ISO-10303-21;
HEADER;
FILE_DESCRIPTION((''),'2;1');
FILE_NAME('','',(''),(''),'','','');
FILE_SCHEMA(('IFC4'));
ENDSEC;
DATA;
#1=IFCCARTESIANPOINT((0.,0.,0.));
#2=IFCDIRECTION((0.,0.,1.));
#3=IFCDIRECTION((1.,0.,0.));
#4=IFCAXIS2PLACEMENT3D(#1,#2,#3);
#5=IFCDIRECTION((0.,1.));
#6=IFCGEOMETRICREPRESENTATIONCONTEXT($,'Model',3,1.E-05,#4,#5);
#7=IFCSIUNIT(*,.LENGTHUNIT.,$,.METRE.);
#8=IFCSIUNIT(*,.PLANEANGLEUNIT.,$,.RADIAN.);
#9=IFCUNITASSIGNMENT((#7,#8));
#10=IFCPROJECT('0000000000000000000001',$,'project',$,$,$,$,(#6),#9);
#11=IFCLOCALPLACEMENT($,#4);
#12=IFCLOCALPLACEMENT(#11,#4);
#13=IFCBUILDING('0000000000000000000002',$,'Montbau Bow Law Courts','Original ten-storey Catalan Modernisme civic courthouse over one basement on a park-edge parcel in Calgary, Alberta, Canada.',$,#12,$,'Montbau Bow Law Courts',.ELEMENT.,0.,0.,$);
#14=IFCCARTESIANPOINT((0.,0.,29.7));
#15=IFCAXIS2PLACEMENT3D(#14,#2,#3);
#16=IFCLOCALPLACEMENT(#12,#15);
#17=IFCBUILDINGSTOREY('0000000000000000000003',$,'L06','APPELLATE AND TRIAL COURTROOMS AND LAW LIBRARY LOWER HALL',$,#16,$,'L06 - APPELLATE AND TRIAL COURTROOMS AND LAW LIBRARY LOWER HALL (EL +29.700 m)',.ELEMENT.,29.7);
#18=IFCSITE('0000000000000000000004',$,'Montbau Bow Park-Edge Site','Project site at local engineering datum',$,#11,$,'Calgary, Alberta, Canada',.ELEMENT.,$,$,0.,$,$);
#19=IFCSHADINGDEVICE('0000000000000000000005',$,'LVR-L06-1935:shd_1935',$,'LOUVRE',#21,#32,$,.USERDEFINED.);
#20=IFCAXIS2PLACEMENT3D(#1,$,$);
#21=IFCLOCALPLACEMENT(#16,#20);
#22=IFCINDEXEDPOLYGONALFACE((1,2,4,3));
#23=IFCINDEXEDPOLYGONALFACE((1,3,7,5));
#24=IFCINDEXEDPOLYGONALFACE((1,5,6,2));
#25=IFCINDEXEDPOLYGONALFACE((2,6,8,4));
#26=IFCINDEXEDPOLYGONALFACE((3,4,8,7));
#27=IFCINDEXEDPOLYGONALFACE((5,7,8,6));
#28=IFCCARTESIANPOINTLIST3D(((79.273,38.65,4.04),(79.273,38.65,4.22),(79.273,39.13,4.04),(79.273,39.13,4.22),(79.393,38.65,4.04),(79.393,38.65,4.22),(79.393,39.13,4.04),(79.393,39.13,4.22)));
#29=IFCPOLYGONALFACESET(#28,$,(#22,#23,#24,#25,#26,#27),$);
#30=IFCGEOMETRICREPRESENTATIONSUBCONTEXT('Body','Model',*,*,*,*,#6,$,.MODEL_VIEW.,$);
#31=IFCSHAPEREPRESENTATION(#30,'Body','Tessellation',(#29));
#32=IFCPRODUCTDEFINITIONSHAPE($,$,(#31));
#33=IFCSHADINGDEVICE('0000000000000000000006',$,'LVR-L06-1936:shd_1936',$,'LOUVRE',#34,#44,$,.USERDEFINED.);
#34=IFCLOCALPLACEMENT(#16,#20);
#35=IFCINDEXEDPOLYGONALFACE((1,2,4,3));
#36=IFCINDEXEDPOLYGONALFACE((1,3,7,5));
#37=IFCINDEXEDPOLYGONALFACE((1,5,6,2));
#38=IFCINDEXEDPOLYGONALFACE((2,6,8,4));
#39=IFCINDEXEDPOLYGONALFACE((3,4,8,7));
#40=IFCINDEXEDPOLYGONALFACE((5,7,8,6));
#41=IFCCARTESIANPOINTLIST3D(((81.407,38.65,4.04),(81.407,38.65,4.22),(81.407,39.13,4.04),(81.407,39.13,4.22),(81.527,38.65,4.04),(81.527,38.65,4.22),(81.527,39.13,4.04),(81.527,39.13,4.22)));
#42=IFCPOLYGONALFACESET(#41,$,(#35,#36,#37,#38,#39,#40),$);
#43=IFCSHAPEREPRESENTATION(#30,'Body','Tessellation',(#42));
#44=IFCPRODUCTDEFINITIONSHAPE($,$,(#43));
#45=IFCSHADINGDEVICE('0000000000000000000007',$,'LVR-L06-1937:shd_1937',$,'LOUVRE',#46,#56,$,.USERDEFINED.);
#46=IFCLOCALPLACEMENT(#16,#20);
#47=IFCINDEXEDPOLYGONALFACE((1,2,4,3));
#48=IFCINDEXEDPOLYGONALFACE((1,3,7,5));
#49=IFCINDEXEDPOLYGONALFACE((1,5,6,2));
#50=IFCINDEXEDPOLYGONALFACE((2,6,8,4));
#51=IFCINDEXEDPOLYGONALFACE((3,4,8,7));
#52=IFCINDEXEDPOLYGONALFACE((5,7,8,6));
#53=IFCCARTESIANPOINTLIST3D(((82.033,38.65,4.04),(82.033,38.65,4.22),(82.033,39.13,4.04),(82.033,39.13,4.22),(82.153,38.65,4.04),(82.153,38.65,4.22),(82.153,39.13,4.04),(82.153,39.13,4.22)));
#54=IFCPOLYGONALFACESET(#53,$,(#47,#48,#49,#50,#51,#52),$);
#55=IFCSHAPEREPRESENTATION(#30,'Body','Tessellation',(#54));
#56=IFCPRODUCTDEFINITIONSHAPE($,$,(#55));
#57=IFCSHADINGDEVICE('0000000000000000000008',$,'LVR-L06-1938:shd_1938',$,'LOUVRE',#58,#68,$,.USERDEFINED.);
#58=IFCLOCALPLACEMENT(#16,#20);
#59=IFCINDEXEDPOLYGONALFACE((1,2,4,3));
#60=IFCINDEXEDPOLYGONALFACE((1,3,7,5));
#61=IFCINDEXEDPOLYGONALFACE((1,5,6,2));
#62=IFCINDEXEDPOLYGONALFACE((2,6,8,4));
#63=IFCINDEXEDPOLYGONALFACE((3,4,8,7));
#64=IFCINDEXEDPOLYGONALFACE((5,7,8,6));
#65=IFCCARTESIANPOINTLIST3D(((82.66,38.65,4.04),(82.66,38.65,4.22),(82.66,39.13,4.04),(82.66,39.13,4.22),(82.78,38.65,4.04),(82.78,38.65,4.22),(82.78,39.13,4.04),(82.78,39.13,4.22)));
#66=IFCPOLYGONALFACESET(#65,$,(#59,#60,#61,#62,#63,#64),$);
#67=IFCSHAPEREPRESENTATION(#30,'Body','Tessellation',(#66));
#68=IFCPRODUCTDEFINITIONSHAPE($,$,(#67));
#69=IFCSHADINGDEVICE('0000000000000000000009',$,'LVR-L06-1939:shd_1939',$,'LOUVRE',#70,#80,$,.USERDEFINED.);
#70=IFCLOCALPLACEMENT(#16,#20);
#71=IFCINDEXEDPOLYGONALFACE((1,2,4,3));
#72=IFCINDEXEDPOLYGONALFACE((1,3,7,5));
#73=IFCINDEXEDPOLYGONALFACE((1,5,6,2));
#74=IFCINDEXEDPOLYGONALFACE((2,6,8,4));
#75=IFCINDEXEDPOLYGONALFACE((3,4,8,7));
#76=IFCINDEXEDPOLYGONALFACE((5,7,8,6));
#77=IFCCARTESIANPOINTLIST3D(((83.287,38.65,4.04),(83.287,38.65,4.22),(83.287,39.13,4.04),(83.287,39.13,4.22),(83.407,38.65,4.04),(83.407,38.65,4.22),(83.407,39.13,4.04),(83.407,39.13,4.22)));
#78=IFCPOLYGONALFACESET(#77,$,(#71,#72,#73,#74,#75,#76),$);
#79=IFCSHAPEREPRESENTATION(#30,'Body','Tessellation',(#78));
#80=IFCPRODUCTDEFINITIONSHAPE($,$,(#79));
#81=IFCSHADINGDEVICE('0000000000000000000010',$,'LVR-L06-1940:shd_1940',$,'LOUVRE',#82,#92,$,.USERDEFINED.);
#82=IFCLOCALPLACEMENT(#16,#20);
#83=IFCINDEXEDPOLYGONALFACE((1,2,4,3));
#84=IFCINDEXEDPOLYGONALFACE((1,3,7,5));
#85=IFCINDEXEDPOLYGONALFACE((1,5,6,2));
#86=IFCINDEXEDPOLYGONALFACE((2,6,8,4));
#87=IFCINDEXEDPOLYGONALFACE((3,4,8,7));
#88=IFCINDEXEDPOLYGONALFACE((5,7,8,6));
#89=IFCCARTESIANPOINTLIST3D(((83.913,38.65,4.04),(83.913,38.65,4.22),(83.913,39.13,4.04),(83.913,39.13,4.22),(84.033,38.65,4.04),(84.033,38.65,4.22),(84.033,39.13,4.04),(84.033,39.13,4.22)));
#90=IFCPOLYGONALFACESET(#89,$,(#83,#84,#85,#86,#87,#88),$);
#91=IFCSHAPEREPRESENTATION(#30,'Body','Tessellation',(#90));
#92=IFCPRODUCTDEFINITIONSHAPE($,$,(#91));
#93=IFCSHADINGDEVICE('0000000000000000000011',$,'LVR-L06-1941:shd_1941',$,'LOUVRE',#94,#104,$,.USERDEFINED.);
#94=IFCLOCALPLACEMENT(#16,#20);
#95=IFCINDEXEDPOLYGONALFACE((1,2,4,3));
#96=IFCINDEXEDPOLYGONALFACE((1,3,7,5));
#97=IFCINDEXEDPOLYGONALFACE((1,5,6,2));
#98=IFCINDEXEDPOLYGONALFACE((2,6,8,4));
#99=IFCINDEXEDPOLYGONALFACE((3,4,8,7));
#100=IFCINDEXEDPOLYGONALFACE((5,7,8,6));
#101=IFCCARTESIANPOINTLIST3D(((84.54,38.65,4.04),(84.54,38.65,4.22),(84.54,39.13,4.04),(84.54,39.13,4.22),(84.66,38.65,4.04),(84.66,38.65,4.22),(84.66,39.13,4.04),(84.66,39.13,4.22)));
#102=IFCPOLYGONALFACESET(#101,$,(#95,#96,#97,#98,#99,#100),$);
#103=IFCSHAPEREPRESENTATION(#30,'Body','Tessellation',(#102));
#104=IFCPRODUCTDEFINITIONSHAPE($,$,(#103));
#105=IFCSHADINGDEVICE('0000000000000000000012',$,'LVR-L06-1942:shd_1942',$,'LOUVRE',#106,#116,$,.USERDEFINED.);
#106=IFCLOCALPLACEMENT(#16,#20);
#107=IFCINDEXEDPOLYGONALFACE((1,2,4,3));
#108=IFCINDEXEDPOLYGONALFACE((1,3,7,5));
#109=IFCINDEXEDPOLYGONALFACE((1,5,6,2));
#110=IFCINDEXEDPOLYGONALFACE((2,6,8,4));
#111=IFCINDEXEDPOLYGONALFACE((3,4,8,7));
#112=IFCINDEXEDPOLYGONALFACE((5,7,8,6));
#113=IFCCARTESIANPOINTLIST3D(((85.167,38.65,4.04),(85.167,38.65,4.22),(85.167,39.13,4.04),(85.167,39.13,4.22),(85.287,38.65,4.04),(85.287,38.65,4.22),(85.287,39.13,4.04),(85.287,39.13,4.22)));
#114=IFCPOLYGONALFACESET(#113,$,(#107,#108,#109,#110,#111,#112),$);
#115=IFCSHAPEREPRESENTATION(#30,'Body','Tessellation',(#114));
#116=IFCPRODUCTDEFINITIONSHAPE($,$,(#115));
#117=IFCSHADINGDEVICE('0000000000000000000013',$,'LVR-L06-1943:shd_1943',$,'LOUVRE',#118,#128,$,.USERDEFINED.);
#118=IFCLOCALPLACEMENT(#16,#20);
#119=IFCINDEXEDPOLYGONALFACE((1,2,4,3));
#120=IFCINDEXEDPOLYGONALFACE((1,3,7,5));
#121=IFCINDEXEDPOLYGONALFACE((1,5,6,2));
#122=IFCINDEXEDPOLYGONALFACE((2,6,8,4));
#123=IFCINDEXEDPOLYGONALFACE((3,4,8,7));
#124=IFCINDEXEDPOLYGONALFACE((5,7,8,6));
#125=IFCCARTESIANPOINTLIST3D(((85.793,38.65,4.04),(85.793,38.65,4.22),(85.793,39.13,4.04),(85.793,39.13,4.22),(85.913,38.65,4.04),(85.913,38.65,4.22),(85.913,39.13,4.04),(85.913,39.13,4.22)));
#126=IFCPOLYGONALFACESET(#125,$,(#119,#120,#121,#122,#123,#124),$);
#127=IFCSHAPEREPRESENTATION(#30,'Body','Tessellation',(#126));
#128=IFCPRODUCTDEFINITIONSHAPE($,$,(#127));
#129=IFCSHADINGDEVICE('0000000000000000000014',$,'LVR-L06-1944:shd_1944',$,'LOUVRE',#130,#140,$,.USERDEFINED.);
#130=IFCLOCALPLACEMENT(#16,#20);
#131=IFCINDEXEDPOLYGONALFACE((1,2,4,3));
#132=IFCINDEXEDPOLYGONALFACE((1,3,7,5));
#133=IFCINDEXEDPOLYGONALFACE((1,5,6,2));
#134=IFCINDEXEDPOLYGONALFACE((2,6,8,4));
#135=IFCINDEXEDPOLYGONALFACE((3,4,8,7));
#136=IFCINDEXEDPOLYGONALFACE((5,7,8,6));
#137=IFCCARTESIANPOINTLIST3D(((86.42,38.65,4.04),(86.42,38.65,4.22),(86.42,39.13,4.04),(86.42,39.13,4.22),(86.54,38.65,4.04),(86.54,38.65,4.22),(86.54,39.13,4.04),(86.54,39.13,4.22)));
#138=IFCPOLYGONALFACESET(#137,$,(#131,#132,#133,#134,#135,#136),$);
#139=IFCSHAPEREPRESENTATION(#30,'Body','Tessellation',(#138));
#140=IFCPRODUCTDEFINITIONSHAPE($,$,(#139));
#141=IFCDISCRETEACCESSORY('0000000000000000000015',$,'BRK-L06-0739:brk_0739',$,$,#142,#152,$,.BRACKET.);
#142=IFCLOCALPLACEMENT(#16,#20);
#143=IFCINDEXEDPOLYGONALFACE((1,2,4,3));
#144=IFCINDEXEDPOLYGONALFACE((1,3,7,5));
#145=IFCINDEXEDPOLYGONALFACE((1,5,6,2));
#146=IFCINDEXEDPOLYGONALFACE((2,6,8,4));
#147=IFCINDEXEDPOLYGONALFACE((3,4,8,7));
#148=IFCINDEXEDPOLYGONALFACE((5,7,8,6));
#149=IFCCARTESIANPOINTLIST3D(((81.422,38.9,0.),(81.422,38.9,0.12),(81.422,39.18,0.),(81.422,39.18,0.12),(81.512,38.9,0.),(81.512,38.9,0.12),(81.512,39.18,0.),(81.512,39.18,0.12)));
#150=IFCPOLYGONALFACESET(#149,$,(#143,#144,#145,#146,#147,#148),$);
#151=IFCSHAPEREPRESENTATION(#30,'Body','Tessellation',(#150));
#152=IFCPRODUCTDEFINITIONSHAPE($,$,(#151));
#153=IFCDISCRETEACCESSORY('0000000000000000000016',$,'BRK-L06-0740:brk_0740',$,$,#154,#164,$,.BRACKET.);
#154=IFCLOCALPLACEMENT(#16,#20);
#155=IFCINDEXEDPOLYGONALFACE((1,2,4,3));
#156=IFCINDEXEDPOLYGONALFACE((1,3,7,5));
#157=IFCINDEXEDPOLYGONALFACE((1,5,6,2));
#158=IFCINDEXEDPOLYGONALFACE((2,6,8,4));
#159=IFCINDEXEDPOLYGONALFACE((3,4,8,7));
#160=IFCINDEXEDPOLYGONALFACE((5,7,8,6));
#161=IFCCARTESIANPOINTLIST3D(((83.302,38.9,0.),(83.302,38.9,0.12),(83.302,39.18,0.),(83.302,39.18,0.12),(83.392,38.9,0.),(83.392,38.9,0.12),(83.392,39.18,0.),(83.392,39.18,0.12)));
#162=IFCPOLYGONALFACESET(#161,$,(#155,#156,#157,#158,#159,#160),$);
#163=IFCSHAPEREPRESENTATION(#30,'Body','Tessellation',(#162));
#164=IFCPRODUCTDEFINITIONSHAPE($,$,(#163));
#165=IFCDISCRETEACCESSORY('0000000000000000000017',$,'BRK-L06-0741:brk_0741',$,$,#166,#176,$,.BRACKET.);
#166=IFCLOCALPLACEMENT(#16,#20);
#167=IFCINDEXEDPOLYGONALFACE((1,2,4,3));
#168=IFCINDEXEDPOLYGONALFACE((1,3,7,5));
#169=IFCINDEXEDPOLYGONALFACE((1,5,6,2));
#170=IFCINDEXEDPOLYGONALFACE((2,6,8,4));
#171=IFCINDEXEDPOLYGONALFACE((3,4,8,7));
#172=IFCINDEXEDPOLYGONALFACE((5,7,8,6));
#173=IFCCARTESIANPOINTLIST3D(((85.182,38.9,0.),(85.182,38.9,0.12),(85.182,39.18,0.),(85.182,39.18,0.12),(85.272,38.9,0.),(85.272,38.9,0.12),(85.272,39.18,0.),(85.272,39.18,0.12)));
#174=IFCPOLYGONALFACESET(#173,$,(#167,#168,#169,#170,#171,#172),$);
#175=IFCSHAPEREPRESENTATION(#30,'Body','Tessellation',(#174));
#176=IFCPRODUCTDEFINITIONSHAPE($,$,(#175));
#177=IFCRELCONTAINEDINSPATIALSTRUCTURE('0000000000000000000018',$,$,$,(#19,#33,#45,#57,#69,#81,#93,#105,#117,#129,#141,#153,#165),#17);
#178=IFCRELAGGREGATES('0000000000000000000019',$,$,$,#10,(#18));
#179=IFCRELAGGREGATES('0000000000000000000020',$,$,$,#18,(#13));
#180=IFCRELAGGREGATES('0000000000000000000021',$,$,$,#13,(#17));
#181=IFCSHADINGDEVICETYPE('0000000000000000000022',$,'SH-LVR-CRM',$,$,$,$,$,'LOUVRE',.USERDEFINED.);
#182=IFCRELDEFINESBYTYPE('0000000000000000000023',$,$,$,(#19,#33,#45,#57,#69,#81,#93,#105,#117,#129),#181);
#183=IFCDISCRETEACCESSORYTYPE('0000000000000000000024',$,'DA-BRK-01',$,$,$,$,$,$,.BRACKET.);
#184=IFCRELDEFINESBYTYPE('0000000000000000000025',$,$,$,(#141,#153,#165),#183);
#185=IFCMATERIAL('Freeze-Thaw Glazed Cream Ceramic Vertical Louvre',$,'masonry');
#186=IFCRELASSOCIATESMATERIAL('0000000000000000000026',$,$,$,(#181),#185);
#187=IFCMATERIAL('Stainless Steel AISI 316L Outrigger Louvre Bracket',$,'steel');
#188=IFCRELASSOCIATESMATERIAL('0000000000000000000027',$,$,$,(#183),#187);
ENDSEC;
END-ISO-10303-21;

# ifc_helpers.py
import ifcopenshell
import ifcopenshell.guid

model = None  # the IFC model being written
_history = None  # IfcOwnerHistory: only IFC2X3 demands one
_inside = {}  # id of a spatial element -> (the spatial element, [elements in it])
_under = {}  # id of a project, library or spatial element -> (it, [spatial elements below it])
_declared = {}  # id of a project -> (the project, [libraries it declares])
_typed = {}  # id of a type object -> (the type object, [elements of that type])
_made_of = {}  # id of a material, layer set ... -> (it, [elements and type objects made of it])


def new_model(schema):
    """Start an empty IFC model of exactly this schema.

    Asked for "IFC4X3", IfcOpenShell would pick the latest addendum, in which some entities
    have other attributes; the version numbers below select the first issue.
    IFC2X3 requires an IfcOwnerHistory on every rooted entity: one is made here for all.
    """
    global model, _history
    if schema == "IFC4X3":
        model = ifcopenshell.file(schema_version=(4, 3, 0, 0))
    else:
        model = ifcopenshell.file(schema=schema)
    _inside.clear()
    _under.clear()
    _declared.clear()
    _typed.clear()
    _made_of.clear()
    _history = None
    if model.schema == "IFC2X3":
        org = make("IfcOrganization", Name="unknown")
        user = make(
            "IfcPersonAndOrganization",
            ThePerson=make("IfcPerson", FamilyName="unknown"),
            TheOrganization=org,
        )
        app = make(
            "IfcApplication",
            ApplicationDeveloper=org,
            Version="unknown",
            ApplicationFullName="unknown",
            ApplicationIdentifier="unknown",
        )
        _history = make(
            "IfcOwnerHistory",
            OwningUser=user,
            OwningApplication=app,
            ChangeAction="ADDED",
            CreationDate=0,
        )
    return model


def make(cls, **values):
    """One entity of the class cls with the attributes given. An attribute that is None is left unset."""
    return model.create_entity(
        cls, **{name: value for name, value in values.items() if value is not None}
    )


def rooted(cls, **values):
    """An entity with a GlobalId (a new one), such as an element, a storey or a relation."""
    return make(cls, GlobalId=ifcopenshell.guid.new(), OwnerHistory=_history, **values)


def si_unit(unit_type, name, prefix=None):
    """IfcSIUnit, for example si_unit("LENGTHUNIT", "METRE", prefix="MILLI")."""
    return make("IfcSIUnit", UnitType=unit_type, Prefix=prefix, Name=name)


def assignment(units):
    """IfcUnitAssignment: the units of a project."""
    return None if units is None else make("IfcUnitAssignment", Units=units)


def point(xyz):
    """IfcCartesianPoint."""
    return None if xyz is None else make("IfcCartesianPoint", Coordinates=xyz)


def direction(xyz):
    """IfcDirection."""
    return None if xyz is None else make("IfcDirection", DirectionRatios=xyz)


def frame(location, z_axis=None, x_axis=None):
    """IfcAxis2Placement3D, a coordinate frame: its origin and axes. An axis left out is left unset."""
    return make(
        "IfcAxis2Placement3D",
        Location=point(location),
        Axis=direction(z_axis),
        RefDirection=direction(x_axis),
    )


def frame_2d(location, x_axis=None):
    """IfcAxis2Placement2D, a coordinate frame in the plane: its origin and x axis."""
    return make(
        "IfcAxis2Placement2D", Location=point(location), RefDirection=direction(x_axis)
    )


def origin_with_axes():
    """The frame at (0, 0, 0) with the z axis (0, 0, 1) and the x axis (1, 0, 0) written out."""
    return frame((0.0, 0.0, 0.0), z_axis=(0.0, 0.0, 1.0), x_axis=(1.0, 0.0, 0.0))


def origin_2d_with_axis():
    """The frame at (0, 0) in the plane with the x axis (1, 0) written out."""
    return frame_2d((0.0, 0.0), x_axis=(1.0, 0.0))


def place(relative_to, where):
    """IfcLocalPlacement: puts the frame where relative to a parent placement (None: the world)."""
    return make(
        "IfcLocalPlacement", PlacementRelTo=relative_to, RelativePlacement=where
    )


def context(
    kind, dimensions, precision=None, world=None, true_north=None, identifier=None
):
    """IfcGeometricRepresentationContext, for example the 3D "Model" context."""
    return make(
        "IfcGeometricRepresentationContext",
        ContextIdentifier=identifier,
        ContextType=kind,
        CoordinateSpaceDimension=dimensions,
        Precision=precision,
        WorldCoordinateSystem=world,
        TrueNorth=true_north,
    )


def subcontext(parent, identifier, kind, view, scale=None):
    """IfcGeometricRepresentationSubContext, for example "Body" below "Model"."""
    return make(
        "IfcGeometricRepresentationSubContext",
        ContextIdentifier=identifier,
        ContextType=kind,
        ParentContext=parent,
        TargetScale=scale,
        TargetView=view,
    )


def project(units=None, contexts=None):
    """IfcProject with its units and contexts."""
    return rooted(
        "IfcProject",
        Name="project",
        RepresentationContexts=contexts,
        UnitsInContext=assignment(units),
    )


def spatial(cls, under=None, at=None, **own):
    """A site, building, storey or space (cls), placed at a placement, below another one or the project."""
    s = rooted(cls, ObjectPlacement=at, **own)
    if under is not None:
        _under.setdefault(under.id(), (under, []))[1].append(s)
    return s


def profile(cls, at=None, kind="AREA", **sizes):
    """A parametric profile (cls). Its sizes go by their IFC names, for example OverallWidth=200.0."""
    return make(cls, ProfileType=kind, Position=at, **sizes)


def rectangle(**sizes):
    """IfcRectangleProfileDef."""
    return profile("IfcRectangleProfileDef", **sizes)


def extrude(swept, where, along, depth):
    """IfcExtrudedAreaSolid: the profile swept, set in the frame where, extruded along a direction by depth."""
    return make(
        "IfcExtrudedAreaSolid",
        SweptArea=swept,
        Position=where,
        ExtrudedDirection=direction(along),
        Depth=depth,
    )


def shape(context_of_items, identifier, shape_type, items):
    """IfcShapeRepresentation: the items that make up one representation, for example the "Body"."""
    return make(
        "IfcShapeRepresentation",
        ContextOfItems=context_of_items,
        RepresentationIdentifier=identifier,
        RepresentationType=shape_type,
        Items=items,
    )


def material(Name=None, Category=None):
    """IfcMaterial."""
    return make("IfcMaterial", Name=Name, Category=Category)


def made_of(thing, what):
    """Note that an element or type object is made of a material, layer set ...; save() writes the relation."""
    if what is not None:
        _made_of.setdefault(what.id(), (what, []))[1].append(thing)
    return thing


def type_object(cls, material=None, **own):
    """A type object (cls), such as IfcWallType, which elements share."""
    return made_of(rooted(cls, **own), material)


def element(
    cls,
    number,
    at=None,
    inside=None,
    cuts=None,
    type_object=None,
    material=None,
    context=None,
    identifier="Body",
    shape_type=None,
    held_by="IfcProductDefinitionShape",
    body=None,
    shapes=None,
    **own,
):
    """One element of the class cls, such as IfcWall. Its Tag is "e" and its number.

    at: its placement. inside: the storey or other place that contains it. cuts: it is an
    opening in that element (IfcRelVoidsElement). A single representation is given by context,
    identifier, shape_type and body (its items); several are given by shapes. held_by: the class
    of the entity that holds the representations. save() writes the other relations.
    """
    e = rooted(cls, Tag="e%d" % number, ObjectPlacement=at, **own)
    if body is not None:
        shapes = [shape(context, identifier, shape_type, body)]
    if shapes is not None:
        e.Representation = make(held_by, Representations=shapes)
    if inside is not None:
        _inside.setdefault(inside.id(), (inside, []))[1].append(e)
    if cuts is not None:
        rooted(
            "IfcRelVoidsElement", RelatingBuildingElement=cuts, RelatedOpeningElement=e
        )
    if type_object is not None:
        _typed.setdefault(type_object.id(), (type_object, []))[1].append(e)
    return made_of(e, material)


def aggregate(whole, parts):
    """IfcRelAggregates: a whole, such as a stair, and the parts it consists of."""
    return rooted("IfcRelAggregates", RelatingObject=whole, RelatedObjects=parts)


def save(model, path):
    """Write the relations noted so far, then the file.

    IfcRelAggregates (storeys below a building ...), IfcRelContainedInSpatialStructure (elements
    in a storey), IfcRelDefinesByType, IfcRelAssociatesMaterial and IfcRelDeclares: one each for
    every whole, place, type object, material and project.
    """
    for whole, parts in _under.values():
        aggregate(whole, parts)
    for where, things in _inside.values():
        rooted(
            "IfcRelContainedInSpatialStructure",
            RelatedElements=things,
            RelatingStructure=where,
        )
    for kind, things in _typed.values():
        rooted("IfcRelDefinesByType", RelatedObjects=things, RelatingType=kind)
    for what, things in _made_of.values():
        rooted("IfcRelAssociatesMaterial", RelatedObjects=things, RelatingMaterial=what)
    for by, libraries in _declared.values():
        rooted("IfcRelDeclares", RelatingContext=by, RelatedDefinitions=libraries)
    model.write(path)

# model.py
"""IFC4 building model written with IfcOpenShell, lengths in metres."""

from ifc_helpers import new_model, si_unit, direction, frame, origin_with_axes, origin_2d_with_axis, place, context, subcontext, project, spatial, rectangle, extrude, material, type_object, element, save


model = new_model("IFC4")

# Units and contexts
model_context = context("Model", 3, precision=1e-05, world=origin_with_axes(), true_north=direction((0.0, 1.0)))
body_context = subcontext(model_context, "Body", "Model", "MODEL_VIEW")
ifc_project = project(units=[si_unit("LENGTHUNIT", "METRE"), si_unit("PLANEANGLEUNIT", "RADIAN")], contexts=[model_context])

# Site, building, storey
site_placement = place(None, origin_with_axes())
site = spatial("IfcSite", under=ifc_project, at=site_placement, Name="Montbau Bow Park-Edge Site", Description="Project site at local engineering datum", LongName="Calgary, Alberta, Canada", CompositionType="ELEMENT", RefElevation=0.0)
building_placement = place(site_placement, origin_with_axes())
building = spatial("IfcBuilding", under=site, at=building_placement, Name="Montbau Bow Law Courts", Description="Original ten-storey Catalan Modernisme civic courthouse over one basement on a park-edge parcel in Calgary, Alberta, Canada.", LongName="Montbau Bow Law Courts", CompositionType="ELEMENT", ElevationOfRefHeight=0.0, ElevationOfTerrain=0.0)
storey_placement = place(building_placement, frame((0.0, 0.0, 29.7), z_axis=(0.0, 0.0, 1.0), x_axis=(1.0, 0.0, 0.0)))
storey = spatial("IfcBuildingStorey", under=building, at=storey_placement, Name="L06", Description="APPELLATE AND TRIAL COURTROOMS AND LAW LIBRARY LOWER HALL", LongName="L06 - APPELLATE AND TRIAL COURTROOMS AND LAW LIBRARY LOWER HALL (EL +29.700 m)", CompositionType="ELEMENT", Elevation=29.7)

# Shading devices
ifc_material_1 = material(Name="Freeze-Thaw Glazed Cream Ceramic Vertical Louvre", Category="masonry")
shading_device_type = type_object("IfcShadingDeviceType", Name="SH-LVR-CRM", ElementType="LOUVRE", PredefinedType="USERDEFINED", material=ifc_material_1)
for number, where, z_axis, x_axis, name in (
    (1, (79.333, 38.89, 33.74), (0.0, 0.0, 1.0), (0.0, -1.0, 0.0), "LVR-L06-1935:shd_1935"),
    (2, (81.467, 38.89, 33.74), (0.0, 0.0, 1.0), (0.0, -1.0, 0.0), "LVR-L06-1936:shd_1936"),
    (3, (82.093, 38.89, 33.74), (0.0, 0.0, 1.0), (0.0, -1.0, 0.0), "LVR-L06-1937:shd_1937"),
    (4, (82.72, 38.89, 33.74), (0.0, 0.0, 1.0), (0.0, -1.0, 0.0), "LVR-L06-1938:shd_1938"),
    (5, (83.347, 38.89, 33.74), (0.0, 0.0, 1.0), (0.0, -1.0, 0.0), "LVR-L06-1939:shd_1939"),
    (6, (83.973, 38.89, 33.74), (0.0, 0.0, 1.0), (0.0, -1.0, 0.0), "LVR-L06-1940:shd_1940"),
    (7, (84.6, 38.89, 33.74), (0.0, 0.0, 1.0), (0.0, -1.0, 0.0), "LVR-L06-1941:shd_1941"),
    (8, (85.227, 38.89, 33.74), (0.0, 0.0, 1.0), (0.0, -1.0, 0.0), "LVR-L06-1942:shd_1942"),
    (9, (85.853, 38.89, 33.74), (0.0, 0.0, 1.0), (0.0, -1.0, 0.0), "LVR-L06-1943:shd_1943"),
    (10, (86.48, 38.89, 33.74), (0.0, 0.0, 1.0), (0.0, -1.0, 0.0), "LVR-L06-1944:shd_1944"),
):
    element("IfcShadingDevice", number, at=place(None, frame(where, z_axis=z_axis, x_axis=x_axis)), inside=storey, type_object=shading_device_type, Name=name, ObjectType="LOUVRE", PredefinedType="USERDEFINED", context=body_context, shape_type="SweptSolid", body=[
        extrude(rectangle(XDim=0.48, YDim=0.12, at=origin_2d_with_axis()), origin_with_axes(), (0.0, 0.0, 1.0), 0.18),
    ])

# Discrete accessories
ifc_material_2 = material(Name="Stainless Steel AISI 316L Outrigger Louvre Bracket", Category="steel")
discrete_accessory_type = type_object("IfcDiscreteAccessoryType", Name="DA-BRK-01", PredefinedType="BRACKET", material=ifc_material_2)
for number, where, z_axis, x_axis, name in (
    (11, (81.467, 39.04, 29.7), (0.0, 0.0, 1.0), (0.0, -1.0, 0.0), "BRK-L06-0739:brk_0739"),
    (12, (83.347, 39.04, 29.7), (0.0, 0.0, 1.0), (0.0, -1.0, 0.0), "BRK-L06-0740:brk_0740"),
    (13, (85.227, 39.04, 29.7), (0.0, 0.0, 1.0), (0.0, -1.0, 0.0), "BRK-L06-0741:brk_0741"),
):
    element("IfcDiscreteAccessory", number, at=place(None, frame(where, z_axis=z_axis, x_axis=x_axis)), inside=storey, type_object=discrete_accessory_type, Name=name, PredefinedType="BRACKET", context=body_context, shape_type="SweptSolid", body=[
        extrude(rectangle(XDim=0.28, YDim=0.09, at=origin_2d_with_axis()), origin_with_axes(), (0.0, 0.0, 1.0), 0.12),
    ])

save(model, "model.ifc")
